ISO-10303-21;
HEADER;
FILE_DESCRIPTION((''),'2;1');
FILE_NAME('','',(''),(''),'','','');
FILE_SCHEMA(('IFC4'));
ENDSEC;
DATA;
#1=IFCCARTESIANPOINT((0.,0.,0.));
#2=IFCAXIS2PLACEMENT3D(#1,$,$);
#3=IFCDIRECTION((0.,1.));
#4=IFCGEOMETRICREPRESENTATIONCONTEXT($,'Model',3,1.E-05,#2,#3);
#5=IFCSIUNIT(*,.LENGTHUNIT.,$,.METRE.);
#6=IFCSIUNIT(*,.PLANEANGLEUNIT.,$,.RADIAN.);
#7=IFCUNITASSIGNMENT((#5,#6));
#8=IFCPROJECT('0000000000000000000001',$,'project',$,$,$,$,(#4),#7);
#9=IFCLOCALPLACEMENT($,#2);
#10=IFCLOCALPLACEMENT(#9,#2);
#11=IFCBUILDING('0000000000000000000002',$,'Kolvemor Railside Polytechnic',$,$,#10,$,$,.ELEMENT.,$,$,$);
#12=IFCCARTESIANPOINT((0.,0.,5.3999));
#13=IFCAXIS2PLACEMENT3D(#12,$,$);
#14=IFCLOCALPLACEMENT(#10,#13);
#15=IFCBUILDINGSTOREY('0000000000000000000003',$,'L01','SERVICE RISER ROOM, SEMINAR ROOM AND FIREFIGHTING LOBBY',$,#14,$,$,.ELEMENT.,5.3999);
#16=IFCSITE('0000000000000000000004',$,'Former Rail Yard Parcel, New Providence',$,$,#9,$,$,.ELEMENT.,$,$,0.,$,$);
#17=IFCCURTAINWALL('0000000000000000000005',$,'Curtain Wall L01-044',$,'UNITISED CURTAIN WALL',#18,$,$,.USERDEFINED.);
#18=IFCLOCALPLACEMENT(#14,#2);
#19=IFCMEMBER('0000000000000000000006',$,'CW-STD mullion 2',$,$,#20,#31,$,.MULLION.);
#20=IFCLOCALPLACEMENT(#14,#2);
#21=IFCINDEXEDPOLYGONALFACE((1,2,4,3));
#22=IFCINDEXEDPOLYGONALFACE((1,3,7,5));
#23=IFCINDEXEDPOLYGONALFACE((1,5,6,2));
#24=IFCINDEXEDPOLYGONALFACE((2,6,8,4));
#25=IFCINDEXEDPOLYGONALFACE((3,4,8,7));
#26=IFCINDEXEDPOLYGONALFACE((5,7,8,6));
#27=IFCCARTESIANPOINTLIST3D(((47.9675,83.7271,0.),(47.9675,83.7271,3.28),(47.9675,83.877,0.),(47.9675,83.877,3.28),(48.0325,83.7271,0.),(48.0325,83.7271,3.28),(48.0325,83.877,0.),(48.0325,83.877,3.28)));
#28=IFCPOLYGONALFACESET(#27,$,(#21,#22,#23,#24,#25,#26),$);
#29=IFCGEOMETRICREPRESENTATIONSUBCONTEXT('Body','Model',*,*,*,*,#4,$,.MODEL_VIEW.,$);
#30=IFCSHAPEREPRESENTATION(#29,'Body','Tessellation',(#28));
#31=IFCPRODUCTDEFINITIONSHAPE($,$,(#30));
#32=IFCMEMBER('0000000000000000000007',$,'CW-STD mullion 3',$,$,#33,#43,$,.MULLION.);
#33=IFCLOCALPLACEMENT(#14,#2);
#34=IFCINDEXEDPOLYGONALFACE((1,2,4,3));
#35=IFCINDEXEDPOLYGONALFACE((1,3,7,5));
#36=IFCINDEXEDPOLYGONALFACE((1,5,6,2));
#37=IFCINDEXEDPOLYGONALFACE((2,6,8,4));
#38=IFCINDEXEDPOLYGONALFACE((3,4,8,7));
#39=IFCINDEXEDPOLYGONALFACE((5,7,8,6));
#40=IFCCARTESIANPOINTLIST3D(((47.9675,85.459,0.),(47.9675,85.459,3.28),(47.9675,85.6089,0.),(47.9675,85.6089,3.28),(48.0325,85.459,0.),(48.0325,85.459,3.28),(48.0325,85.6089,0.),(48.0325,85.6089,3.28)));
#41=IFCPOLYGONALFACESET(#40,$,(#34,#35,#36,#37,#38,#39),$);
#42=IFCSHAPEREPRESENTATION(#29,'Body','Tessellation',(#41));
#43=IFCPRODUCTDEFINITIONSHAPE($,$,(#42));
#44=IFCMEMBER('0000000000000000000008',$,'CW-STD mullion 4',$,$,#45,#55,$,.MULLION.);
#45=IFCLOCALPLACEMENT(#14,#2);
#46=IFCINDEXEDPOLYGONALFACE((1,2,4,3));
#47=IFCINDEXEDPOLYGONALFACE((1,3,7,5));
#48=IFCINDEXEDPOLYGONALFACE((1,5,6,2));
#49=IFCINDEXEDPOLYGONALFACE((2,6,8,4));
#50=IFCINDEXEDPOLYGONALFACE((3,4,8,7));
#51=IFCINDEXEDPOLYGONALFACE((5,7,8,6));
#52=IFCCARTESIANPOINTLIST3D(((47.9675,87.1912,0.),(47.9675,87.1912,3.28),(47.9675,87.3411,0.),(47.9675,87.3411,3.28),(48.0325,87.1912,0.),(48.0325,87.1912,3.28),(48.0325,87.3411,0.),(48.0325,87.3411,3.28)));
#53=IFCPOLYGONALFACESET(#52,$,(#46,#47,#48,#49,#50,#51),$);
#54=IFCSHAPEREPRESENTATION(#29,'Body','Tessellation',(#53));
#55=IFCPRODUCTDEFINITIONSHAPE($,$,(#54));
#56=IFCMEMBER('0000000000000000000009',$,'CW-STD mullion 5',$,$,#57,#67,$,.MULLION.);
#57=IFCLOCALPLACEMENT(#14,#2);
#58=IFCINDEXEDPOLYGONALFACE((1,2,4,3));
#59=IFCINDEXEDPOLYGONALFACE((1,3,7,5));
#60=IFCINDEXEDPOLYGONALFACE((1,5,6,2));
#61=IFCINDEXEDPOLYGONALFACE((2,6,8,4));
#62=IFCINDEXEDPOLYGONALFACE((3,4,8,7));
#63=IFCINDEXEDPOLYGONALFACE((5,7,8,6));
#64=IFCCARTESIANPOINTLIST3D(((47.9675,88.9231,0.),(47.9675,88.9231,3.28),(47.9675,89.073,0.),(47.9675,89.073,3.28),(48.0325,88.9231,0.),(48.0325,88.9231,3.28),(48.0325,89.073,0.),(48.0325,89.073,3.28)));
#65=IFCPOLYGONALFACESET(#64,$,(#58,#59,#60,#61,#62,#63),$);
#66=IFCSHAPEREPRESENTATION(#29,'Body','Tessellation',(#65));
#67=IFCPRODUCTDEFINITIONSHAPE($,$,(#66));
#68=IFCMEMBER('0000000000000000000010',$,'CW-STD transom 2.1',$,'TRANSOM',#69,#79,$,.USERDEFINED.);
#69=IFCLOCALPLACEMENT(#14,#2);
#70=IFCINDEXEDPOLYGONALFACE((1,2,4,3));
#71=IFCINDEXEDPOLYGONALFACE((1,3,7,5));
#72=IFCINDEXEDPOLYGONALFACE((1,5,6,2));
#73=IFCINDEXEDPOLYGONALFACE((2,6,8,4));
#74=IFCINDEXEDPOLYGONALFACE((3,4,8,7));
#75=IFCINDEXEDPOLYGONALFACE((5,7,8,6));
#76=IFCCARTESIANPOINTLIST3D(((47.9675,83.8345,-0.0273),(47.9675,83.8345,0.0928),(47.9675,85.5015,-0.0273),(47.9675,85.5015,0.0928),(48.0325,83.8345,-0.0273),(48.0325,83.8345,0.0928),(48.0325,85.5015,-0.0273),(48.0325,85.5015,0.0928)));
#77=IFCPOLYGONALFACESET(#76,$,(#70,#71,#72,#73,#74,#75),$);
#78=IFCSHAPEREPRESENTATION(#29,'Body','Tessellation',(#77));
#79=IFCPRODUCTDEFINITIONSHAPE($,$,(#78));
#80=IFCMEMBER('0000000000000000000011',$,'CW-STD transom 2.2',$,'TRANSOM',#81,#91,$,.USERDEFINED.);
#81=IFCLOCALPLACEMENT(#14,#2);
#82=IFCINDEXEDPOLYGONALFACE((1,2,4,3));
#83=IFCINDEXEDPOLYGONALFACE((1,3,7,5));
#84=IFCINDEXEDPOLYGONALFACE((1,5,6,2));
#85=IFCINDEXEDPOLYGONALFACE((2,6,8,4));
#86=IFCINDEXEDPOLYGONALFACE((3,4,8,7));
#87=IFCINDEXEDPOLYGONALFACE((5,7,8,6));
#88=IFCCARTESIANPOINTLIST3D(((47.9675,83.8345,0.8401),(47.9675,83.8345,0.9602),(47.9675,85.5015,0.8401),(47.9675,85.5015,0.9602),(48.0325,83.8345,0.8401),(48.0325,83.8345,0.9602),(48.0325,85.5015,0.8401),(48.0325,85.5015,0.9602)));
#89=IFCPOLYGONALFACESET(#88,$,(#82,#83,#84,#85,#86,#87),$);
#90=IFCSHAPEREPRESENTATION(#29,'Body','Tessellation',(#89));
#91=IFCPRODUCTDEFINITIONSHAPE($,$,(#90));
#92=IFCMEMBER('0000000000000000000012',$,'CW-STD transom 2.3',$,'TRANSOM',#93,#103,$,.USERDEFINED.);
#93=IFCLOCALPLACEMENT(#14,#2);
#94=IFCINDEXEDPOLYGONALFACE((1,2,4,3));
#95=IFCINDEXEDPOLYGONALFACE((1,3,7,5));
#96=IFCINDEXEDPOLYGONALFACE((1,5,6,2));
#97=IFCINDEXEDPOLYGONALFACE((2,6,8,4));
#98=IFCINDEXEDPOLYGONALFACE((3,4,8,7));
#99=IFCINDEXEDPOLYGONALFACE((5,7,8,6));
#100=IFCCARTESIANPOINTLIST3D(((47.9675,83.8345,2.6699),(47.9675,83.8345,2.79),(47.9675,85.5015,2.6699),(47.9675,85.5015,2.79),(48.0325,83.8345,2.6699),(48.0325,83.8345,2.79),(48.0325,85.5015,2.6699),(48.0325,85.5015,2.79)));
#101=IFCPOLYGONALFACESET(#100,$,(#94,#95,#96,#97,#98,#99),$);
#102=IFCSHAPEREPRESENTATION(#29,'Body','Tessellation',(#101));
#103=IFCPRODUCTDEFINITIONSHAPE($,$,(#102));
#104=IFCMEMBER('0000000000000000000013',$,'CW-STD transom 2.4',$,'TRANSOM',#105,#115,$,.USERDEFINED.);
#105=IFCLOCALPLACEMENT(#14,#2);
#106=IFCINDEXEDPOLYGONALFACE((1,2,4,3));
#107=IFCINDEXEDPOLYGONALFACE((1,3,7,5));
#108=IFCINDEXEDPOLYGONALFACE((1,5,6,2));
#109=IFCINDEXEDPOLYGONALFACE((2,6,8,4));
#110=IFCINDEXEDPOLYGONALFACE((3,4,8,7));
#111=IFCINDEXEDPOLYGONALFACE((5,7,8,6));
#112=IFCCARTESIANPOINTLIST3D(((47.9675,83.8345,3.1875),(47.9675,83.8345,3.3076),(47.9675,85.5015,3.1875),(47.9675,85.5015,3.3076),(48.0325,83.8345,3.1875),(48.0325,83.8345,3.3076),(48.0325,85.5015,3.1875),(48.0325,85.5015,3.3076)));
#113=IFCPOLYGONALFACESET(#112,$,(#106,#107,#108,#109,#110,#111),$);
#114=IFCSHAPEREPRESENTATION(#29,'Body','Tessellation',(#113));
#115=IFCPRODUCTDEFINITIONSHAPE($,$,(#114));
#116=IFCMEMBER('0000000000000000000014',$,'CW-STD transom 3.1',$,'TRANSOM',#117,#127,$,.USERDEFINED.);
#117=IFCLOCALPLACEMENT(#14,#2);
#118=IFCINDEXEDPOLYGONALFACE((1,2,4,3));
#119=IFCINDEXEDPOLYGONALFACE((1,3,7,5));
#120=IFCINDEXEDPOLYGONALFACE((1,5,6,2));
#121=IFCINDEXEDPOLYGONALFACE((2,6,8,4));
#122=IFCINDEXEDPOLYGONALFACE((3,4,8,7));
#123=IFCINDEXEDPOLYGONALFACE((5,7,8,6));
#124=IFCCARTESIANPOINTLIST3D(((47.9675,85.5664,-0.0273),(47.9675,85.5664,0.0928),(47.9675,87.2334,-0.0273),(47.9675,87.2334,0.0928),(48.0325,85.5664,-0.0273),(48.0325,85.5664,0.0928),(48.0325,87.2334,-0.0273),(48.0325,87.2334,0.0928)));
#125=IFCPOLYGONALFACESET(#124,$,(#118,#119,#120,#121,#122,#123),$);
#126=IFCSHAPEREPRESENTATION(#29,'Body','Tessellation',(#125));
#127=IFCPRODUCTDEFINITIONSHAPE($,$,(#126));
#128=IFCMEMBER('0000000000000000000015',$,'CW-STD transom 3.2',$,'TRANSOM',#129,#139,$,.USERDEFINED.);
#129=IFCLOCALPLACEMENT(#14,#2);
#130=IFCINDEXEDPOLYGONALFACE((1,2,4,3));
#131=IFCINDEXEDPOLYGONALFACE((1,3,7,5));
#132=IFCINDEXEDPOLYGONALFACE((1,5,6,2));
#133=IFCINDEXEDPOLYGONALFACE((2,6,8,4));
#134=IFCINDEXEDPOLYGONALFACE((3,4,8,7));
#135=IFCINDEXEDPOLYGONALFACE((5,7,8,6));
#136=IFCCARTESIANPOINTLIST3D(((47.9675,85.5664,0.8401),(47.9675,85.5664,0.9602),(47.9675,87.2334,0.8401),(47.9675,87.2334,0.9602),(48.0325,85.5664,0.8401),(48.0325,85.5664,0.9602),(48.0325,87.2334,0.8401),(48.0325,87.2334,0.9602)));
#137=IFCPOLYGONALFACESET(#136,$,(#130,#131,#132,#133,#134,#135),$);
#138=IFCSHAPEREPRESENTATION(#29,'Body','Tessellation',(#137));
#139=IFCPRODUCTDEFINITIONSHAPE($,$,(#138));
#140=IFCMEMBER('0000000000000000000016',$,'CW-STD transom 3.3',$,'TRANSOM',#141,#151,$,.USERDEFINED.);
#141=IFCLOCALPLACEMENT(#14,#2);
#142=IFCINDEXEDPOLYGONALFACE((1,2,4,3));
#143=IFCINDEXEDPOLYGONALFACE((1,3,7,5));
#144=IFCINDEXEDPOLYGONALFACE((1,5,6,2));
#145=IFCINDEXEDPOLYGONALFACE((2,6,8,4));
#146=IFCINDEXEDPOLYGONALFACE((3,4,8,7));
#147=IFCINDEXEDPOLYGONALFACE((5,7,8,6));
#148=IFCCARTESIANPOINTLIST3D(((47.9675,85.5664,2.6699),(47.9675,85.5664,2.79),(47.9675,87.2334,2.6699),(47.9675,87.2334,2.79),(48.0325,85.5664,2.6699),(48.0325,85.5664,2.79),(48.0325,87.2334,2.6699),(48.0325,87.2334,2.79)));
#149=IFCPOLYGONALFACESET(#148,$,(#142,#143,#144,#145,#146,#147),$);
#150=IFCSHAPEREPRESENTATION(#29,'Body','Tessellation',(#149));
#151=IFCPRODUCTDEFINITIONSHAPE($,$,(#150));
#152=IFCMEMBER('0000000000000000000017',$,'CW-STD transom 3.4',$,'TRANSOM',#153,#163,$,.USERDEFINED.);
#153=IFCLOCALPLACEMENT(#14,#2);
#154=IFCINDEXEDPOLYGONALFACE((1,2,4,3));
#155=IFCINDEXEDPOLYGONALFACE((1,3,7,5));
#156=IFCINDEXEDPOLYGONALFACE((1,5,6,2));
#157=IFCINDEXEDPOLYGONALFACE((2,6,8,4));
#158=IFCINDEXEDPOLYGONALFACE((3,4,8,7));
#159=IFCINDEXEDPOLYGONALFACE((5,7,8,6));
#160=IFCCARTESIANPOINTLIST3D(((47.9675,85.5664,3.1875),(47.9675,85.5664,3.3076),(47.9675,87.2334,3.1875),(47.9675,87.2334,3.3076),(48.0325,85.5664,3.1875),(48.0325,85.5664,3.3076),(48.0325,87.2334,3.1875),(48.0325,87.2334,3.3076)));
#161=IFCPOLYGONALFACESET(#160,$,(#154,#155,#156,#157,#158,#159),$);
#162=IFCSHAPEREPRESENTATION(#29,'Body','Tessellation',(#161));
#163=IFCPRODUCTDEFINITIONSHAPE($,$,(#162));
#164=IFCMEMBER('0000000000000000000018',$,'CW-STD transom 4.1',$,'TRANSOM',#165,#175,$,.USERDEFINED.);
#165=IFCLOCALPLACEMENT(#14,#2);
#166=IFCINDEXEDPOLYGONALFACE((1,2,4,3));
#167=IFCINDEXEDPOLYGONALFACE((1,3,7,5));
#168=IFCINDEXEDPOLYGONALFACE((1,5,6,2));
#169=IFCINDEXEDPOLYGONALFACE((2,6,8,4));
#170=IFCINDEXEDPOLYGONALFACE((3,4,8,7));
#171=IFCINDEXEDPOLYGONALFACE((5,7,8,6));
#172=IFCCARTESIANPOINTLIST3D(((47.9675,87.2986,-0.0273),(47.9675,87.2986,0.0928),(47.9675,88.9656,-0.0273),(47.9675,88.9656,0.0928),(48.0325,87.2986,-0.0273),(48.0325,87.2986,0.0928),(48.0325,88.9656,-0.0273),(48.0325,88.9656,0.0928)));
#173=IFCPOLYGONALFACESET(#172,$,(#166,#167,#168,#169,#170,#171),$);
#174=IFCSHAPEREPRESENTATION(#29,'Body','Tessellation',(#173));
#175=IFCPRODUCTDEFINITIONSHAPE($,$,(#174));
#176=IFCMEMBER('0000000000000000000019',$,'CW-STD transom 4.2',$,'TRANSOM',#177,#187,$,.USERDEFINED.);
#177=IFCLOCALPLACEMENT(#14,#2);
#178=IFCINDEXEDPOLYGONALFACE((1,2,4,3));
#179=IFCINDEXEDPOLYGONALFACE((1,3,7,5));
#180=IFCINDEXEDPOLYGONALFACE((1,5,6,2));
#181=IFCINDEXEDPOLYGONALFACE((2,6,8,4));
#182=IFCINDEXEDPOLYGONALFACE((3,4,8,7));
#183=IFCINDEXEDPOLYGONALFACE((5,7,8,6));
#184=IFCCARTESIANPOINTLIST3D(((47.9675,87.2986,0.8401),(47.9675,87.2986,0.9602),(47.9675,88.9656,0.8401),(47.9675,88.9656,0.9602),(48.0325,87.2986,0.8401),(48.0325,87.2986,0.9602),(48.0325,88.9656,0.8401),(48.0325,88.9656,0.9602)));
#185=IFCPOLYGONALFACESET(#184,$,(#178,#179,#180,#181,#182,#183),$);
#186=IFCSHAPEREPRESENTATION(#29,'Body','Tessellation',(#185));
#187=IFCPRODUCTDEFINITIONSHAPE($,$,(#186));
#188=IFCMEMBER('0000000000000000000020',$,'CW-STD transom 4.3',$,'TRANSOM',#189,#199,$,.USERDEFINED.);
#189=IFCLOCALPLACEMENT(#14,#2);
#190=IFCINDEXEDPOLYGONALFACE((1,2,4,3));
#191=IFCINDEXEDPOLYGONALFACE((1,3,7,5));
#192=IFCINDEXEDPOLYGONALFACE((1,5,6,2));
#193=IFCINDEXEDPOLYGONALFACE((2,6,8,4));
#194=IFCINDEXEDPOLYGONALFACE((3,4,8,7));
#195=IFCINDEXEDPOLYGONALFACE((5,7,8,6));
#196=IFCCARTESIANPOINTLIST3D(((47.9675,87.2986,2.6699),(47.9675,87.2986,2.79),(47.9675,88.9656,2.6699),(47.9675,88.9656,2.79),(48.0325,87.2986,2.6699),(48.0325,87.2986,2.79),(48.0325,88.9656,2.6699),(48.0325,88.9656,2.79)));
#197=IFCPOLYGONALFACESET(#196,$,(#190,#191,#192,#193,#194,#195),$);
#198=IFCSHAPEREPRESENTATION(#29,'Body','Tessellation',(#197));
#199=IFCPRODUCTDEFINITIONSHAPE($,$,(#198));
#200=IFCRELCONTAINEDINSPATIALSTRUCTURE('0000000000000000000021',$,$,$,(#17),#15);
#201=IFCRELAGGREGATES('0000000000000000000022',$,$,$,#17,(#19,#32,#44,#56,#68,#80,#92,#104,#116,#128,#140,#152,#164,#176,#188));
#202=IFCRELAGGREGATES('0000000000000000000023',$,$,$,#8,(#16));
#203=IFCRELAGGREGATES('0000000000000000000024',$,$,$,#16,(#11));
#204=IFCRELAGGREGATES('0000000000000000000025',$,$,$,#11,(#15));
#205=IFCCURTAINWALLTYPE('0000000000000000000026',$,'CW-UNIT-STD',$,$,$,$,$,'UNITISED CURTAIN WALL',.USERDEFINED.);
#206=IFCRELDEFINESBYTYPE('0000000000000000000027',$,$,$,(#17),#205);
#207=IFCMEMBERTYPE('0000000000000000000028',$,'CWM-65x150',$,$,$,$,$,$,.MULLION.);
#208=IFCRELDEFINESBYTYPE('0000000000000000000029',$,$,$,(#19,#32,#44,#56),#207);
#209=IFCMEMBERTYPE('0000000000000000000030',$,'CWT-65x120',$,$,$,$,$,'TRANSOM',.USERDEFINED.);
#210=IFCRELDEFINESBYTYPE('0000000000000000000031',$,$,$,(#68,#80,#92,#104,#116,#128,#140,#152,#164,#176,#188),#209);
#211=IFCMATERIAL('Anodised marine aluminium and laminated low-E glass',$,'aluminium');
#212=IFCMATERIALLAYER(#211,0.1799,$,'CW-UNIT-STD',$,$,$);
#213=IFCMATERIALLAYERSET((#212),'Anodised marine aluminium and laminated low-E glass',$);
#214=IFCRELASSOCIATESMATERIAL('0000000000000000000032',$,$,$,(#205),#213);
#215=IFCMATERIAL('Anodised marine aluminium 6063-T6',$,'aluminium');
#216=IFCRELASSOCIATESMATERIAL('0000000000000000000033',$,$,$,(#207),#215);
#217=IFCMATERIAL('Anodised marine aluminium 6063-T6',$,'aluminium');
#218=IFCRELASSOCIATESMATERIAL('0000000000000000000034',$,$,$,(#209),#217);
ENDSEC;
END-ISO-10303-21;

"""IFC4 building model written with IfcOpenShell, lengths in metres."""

from ifc_helpers import new_model, si_unit, direction, frame, origin, origin_2d, place, context, subcontext, project, spatial, rectangle, extrude, material, layer, layer_set, material_profile, profile_set, type_object, element, aggregate, save


model = new_model("IFC4")

# Units and contexts
model_context = context("Model", 3, precision=1e-05, world=origin(), true_north=direction((0.0, 1.0)))
body_context = subcontext(model_context, "Body", "Model", "MODEL_VIEW")
ifc_project = project(units=[si_unit("LENGTHUNIT", "METRE"), si_unit("PLANEANGLEUNIT", "RADIAN")], contexts=[model_context])

# Site, building, storey
site_placement = place(None, origin())
site = spatial("IfcSite", under=ifc_project, at=site_placement, Name="Former Rail Yard Parcel, New Providence", CompositionType="ELEMENT", RefElevation=0.0)
building_placement = place(site_placement, origin())
building = spatial("IfcBuilding", under=site, at=building_placement, Name="Kolvemor Railside Polytechnic", CompositionType="ELEMENT")
storey_placement = place(building_placement, frame((0.0, 0.0, 5.3999)))
storey = spatial("IfcBuildingStorey", under=building, at=storey_placement, Name="L01", Description="SERVICE RISER ROOM, SEMINAR ROOM AND FIREFIGHTING LOBBY", CompositionType="ELEMENT", Elevation=5.3999)

# Curtain wall, members
ifc_material_1 = material(Name="Anodised marine aluminium and laminated low-E glass", Category="aluminium")
ifc_layer_1 = layer(ifc_material_1, 0.1799, Name="CW-UNIT-STD")
ifc_layer_set_1 = layer_set([ifc_layer_1], Name="Anodised marine aluminium and laminated low-E glass")
curtain_wall_type = type_object("IfcCurtainWallType", Name="CW-UNIT-STD", ElementType="UNITISED CURTAIN WALL", PredefinedType="USERDEFINED", material=ifc_layer_set_1)
curtain_wall_placement = place(storey_placement, origin())
curtain_wall = element("IfcCurtainWall", 1, at=curtain_wall_placement, inside=storey, type_object=curtain_wall_type, Name="Curtain Wall L01-044", ObjectType="UNITISED CURTAIN WALL", PredefinedType="USERDEFINED")
ifc_material_2 = material(Name="Anodised marine aluminium 6063-T6", Category="aluminium")
ifc_material_profile_1 = material_profile(ifc_material_2, rectangle(XDim=0.0649, YDim=0.1499, at=origin_2d()), Name="CW-MUL-65x150")
ifc_profile_set_1 = profile_set([ifc_material_profile_1], Name="Anodised marine aluminium 6063-T6")
member_type_1 = type_object("IfcMemberType", Name="CWM-65x150", PredefinedType="MULLION", material=ifc_profile_set_1)
member_1_placement = place(storey_placement, frame((48.0, 83.802, 0.0), z_axis=(0.0, 0.0, 1.0), x_axis=(-1.0, 0.0, 0.0)))
member_1 = element("IfcMember", 2, at=member_1_placement, type_object=member_type_1, Name="CW-STD mullion 2", PredefinedType="MULLION", context=body_context, shape_type="SweptSolid", body=[
    extrude(rectangle(XDim=0.0649, YDim=0.1499, at=origin_2d()), origin(), (0.0, 0.0, 1.0), 3.28),
])
member_2_placement = place(storey_placement, frame((48.0, 85.5339, 0.0), z_axis=(0.0, 0.0, 1.0), x_axis=(-1.0, 0.0, 0.0)))
member_2 = element("IfcMember", 3, at=member_2_placement, type_object=member_type_1, Name="CW-STD mullion 3", PredefinedType="MULLION", context=body_context, shape_type="SweptSolid", body=[
    extrude(rectangle(XDim=0.0649, YDim=0.1499, at=origin_2d()), origin(), (0.0, 0.0, 1.0), 3.28),
])
member_3_placement = place(storey_placement, frame((48.0, 87.2661, 0.0), z_axis=(0.0, 0.0, 1.0), x_axis=(-1.0, 0.0, 0.0)))
member_3 = element("IfcMember", 4, at=member_3_placement, type_object=member_type_1, Name="CW-STD mullion 4", PredefinedType="MULLION", context=body_context, shape_type="SweptSolid", body=[
    extrude(rectangle(XDim=0.0649, YDim=0.1499, at=origin_2d()), origin(), (0.0, 0.0, 1.0), 3.28),
])
member_4_placement = place(storey_placement, frame((48.0, 88.998, 0.0), z_axis=(0.0, 0.0, 1.0), x_axis=(-1.0, 0.0, 0.0)))
member_4 = element("IfcMember", 5, at=member_4_placement, type_object=member_type_1, Name="CW-STD mullion 5", PredefinedType="MULLION", context=body_context, shape_type="SweptSolid", body=[
    extrude(rectangle(XDim=0.0649, YDim=0.1499, at=origin_2d()), origin(), (0.0, 0.0, 1.0), 3.28),
])
ifc_material_3 = material(Name="Anodised marine aluminium 6063-T6", Category="aluminium")
ifc_material_profile_2 = material_profile(ifc_material_3, rectangle(XDim=0.0649, YDim=0.1201, at=origin_2d()), Name="CW-TRN-65x120")
ifc_profile_set_2 = profile_set([ifc_material_profile_2], Name="Anodised marine aluminium 6063-T6")
member_type_2 = type_object("IfcMemberType", Name="CWT-65x120", ElementType="TRANSOM", PredefinedType="USERDEFINED", material=ifc_profile_set_2)
member_5_placement = place(storey_placement, frame((48.0, 83.8345, 0.0327), z_axis=(0.0, 1.0, 0.0), x_axis=(-1.0, 0.0, 0.0)))
member_5 = element("IfcMember", 6, at=member_5_placement, type_object=member_type_2, Name="CW-STD transom 2.1", ObjectType="TRANSOM", PredefinedType="USERDEFINED", context=body_context, shape_type="SweptSolid", body=[
    extrude(rectangle(XDim=0.0649, YDim=0.1201, at=origin_2d()), origin(), (0.0, 0.0, 1.0), 1.667),
])
member_6_placement = place(storey_placement, frame((48.0, 83.8345, 0.9001), z_axis=(0.0, 1.0, 0.0), x_axis=(-1.0, 0.0, 0.0)))
member_6 = element("IfcMember", 7, at=member_6_placement, type_object=member_type_2, Name="CW-STD transom 2.2", ObjectType="TRANSOM", PredefinedType="USERDEFINED", context=body_context, shape_type="SweptSolid", body=[
    extrude(rectangle(XDim=0.0649, YDim=0.1201, at=origin_2d()), origin(), (0.0, 0.0, 1.0), 1.667),
])
member_7_placement = place(storey_placement, frame((48.0, 83.8345, 2.73), z_axis=(0.0, 1.0, 0.0), x_axis=(-1.0, 0.0, 0.0)))
member_7 = element("IfcMember", 8, at=member_7_placement, type_object=member_type_2, Name="CW-STD transom 2.3", ObjectType="TRANSOM", PredefinedType="USERDEFINED", context=body_context, shape_type="SweptSolid", body=[
    extrude(rectangle(XDim=0.0649, YDim=0.1201, at=origin_2d()), origin(), (0.0, 0.0, 1.0), 1.667),
])
member_8_placement = place(storey_placement, frame((48.0, 83.8345, 3.2476), z_axis=(0.0, 1.0, 0.0), x_axis=(-1.0, 0.0, 0.0)))
member_8 = element("IfcMember", 9, at=member_8_placement, type_object=member_type_2, Name="CW-STD transom 2.4", ObjectType="TRANSOM", PredefinedType="USERDEFINED", context=body_context, shape_type="SweptSolid", body=[
    extrude(rectangle(XDim=0.0649, YDim=0.1201, at=origin_2d()), origin(), (0.0, 0.0, 1.0), 1.667),
])
member_9_placement = place(storey_placement, frame((48.0, 85.5664, 0.0327), z_axis=(0.0, 1.0, 0.0), x_axis=(-1.0, 0.0, 0.0)))
member_9 = element("IfcMember", 10, at=member_9_placement, type_object=member_type_2, Name="CW-STD transom 3.1", ObjectType="TRANSOM", PredefinedType="USERDEFINED", context=body_context, shape_type="SweptSolid", body=[
    extrude(rectangle(XDim=0.0649, YDim=0.1201, at=origin_2d()), origin(), (0.0, 0.0, 1.0), 1.667),
])
member_10_placement = place(storey_placement, frame((48.0, 85.5664, 0.9001), z_axis=(0.0, 1.0, 0.0), x_axis=(-1.0, 0.0, 0.0)))
member_10 = element("IfcMember", 11, at=member_10_placement, type_object=member_type_2, Name="CW-STD transom 3.2", ObjectType="TRANSOM", PredefinedType="USERDEFINED", context=body_context, shape_type="SweptSolid", body=[
    extrude(rectangle(XDim=0.0649, YDim=0.1201, at=origin_2d()), origin(), (0.0, 0.0, 1.0), 1.667),
])
member_11_placement = place(storey_placement, frame((48.0, 85.5664, 2.73), z_axis=(0.0, 1.0, 0.0), x_axis=(-1.0, 0.0, 0.0)))
member_11 = element("IfcMember", 12, at=member_11_placement, type_object=member_type_2, Name="CW-STD transom 3.3", ObjectType="TRANSOM", PredefinedType="USERDEFINED", context=body_context, shape_type="SweptSolid", body=[
    extrude(rectangle(XDim=0.0649, YDim=0.1201, at=origin_2d()), origin(), (0.0, 0.0, 1.0), 1.667),
])
member_12_placement = place(storey_placement, frame((48.0, 85.5664, 3.2476), z_axis=(0.0, 1.0, 0.0), x_axis=(-1.0, 0.0, 0.0)))
member_12 = element("IfcMember", 13, at=member_12_placement, type_object=member_type_2, Name="CW-STD transom 3.4", ObjectType="TRANSOM", PredefinedType="USERDEFINED", context=body_context, shape_type="SweptSolid", body=[
    extrude(rectangle(XDim=0.0649, YDim=0.1201, at=origin_2d()), origin(), (0.0, 0.0, 1.0), 1.667),
])
member_13_placement = place(storey_placement, frame((48.0, 87.2986, 0.0327), z_axis=(0.0, 1.0, 0.0), x_axis=(-1.0, 0.0, 0.0)))
member_13 = element("IfcMember", 14, at=member_13_placement, type_object=member_type_2, Name="CW-STD transom 4.1", ObjectType="TRANSOM", PredefinedType="USERDEFINED", context=body_context, shape_type="SweptSolid", body=[
    extrude(rectangle(XDim=0.0649, YDim=0.1201, at=origin_2d()), origin(), (0.0, 0.0, 1.0), 1.667),
])
member_14_placement = place(storey_placement, frame((48.0, 87.2986, 0.9001), z_axis=(0.0, 1.0, 0.0), x_axis=(-1.0, 0.0, 0.0)))
member_14 = element("IfcMember", 15, at=member_14_placement, type_object=member_type_2, Name="CW-STD transom 4.2", ObjectType="TRANSOM", PredefinedType="USERDEFINED", context=body_context, shape_type="SweptSolid", body=[
    extrude(rectangle(XDim=0.0649, YDim=0.1201, at=origin_2d()), origin(), (0.0, 0.0, 1.0), 1.667),
])
member_15_placement = place(storey_placement, frame((48.0, 87.2986, 2.73), z_axis=(0.0, 1.0, 0.0), x_axis=(-1.0, 0.0, 0.0)))
member_15 = element("IfcMember", 16, at=member_15_placement, type_object=member_type_2, Name="CW-STD transom 4.3", ObjectType="TRANSOM", PredefinedType="USERDEFINED", context=body_context, shape_type="SweptSolid", body=[
    extrude(rectangle(XDim=0.0649, YDim=0.1201, at=origin_2d()), origin(), (0.0, 0.0, 1.0), 1.667),
])
aggregate(curtain_wall, [member_1, member_2, member_3, member_4, member_5, member_6, member_7, member_8, member_9, member_10, member_11, member_12, member_13, member_14, member_15])

save(model, "model.ifc")
